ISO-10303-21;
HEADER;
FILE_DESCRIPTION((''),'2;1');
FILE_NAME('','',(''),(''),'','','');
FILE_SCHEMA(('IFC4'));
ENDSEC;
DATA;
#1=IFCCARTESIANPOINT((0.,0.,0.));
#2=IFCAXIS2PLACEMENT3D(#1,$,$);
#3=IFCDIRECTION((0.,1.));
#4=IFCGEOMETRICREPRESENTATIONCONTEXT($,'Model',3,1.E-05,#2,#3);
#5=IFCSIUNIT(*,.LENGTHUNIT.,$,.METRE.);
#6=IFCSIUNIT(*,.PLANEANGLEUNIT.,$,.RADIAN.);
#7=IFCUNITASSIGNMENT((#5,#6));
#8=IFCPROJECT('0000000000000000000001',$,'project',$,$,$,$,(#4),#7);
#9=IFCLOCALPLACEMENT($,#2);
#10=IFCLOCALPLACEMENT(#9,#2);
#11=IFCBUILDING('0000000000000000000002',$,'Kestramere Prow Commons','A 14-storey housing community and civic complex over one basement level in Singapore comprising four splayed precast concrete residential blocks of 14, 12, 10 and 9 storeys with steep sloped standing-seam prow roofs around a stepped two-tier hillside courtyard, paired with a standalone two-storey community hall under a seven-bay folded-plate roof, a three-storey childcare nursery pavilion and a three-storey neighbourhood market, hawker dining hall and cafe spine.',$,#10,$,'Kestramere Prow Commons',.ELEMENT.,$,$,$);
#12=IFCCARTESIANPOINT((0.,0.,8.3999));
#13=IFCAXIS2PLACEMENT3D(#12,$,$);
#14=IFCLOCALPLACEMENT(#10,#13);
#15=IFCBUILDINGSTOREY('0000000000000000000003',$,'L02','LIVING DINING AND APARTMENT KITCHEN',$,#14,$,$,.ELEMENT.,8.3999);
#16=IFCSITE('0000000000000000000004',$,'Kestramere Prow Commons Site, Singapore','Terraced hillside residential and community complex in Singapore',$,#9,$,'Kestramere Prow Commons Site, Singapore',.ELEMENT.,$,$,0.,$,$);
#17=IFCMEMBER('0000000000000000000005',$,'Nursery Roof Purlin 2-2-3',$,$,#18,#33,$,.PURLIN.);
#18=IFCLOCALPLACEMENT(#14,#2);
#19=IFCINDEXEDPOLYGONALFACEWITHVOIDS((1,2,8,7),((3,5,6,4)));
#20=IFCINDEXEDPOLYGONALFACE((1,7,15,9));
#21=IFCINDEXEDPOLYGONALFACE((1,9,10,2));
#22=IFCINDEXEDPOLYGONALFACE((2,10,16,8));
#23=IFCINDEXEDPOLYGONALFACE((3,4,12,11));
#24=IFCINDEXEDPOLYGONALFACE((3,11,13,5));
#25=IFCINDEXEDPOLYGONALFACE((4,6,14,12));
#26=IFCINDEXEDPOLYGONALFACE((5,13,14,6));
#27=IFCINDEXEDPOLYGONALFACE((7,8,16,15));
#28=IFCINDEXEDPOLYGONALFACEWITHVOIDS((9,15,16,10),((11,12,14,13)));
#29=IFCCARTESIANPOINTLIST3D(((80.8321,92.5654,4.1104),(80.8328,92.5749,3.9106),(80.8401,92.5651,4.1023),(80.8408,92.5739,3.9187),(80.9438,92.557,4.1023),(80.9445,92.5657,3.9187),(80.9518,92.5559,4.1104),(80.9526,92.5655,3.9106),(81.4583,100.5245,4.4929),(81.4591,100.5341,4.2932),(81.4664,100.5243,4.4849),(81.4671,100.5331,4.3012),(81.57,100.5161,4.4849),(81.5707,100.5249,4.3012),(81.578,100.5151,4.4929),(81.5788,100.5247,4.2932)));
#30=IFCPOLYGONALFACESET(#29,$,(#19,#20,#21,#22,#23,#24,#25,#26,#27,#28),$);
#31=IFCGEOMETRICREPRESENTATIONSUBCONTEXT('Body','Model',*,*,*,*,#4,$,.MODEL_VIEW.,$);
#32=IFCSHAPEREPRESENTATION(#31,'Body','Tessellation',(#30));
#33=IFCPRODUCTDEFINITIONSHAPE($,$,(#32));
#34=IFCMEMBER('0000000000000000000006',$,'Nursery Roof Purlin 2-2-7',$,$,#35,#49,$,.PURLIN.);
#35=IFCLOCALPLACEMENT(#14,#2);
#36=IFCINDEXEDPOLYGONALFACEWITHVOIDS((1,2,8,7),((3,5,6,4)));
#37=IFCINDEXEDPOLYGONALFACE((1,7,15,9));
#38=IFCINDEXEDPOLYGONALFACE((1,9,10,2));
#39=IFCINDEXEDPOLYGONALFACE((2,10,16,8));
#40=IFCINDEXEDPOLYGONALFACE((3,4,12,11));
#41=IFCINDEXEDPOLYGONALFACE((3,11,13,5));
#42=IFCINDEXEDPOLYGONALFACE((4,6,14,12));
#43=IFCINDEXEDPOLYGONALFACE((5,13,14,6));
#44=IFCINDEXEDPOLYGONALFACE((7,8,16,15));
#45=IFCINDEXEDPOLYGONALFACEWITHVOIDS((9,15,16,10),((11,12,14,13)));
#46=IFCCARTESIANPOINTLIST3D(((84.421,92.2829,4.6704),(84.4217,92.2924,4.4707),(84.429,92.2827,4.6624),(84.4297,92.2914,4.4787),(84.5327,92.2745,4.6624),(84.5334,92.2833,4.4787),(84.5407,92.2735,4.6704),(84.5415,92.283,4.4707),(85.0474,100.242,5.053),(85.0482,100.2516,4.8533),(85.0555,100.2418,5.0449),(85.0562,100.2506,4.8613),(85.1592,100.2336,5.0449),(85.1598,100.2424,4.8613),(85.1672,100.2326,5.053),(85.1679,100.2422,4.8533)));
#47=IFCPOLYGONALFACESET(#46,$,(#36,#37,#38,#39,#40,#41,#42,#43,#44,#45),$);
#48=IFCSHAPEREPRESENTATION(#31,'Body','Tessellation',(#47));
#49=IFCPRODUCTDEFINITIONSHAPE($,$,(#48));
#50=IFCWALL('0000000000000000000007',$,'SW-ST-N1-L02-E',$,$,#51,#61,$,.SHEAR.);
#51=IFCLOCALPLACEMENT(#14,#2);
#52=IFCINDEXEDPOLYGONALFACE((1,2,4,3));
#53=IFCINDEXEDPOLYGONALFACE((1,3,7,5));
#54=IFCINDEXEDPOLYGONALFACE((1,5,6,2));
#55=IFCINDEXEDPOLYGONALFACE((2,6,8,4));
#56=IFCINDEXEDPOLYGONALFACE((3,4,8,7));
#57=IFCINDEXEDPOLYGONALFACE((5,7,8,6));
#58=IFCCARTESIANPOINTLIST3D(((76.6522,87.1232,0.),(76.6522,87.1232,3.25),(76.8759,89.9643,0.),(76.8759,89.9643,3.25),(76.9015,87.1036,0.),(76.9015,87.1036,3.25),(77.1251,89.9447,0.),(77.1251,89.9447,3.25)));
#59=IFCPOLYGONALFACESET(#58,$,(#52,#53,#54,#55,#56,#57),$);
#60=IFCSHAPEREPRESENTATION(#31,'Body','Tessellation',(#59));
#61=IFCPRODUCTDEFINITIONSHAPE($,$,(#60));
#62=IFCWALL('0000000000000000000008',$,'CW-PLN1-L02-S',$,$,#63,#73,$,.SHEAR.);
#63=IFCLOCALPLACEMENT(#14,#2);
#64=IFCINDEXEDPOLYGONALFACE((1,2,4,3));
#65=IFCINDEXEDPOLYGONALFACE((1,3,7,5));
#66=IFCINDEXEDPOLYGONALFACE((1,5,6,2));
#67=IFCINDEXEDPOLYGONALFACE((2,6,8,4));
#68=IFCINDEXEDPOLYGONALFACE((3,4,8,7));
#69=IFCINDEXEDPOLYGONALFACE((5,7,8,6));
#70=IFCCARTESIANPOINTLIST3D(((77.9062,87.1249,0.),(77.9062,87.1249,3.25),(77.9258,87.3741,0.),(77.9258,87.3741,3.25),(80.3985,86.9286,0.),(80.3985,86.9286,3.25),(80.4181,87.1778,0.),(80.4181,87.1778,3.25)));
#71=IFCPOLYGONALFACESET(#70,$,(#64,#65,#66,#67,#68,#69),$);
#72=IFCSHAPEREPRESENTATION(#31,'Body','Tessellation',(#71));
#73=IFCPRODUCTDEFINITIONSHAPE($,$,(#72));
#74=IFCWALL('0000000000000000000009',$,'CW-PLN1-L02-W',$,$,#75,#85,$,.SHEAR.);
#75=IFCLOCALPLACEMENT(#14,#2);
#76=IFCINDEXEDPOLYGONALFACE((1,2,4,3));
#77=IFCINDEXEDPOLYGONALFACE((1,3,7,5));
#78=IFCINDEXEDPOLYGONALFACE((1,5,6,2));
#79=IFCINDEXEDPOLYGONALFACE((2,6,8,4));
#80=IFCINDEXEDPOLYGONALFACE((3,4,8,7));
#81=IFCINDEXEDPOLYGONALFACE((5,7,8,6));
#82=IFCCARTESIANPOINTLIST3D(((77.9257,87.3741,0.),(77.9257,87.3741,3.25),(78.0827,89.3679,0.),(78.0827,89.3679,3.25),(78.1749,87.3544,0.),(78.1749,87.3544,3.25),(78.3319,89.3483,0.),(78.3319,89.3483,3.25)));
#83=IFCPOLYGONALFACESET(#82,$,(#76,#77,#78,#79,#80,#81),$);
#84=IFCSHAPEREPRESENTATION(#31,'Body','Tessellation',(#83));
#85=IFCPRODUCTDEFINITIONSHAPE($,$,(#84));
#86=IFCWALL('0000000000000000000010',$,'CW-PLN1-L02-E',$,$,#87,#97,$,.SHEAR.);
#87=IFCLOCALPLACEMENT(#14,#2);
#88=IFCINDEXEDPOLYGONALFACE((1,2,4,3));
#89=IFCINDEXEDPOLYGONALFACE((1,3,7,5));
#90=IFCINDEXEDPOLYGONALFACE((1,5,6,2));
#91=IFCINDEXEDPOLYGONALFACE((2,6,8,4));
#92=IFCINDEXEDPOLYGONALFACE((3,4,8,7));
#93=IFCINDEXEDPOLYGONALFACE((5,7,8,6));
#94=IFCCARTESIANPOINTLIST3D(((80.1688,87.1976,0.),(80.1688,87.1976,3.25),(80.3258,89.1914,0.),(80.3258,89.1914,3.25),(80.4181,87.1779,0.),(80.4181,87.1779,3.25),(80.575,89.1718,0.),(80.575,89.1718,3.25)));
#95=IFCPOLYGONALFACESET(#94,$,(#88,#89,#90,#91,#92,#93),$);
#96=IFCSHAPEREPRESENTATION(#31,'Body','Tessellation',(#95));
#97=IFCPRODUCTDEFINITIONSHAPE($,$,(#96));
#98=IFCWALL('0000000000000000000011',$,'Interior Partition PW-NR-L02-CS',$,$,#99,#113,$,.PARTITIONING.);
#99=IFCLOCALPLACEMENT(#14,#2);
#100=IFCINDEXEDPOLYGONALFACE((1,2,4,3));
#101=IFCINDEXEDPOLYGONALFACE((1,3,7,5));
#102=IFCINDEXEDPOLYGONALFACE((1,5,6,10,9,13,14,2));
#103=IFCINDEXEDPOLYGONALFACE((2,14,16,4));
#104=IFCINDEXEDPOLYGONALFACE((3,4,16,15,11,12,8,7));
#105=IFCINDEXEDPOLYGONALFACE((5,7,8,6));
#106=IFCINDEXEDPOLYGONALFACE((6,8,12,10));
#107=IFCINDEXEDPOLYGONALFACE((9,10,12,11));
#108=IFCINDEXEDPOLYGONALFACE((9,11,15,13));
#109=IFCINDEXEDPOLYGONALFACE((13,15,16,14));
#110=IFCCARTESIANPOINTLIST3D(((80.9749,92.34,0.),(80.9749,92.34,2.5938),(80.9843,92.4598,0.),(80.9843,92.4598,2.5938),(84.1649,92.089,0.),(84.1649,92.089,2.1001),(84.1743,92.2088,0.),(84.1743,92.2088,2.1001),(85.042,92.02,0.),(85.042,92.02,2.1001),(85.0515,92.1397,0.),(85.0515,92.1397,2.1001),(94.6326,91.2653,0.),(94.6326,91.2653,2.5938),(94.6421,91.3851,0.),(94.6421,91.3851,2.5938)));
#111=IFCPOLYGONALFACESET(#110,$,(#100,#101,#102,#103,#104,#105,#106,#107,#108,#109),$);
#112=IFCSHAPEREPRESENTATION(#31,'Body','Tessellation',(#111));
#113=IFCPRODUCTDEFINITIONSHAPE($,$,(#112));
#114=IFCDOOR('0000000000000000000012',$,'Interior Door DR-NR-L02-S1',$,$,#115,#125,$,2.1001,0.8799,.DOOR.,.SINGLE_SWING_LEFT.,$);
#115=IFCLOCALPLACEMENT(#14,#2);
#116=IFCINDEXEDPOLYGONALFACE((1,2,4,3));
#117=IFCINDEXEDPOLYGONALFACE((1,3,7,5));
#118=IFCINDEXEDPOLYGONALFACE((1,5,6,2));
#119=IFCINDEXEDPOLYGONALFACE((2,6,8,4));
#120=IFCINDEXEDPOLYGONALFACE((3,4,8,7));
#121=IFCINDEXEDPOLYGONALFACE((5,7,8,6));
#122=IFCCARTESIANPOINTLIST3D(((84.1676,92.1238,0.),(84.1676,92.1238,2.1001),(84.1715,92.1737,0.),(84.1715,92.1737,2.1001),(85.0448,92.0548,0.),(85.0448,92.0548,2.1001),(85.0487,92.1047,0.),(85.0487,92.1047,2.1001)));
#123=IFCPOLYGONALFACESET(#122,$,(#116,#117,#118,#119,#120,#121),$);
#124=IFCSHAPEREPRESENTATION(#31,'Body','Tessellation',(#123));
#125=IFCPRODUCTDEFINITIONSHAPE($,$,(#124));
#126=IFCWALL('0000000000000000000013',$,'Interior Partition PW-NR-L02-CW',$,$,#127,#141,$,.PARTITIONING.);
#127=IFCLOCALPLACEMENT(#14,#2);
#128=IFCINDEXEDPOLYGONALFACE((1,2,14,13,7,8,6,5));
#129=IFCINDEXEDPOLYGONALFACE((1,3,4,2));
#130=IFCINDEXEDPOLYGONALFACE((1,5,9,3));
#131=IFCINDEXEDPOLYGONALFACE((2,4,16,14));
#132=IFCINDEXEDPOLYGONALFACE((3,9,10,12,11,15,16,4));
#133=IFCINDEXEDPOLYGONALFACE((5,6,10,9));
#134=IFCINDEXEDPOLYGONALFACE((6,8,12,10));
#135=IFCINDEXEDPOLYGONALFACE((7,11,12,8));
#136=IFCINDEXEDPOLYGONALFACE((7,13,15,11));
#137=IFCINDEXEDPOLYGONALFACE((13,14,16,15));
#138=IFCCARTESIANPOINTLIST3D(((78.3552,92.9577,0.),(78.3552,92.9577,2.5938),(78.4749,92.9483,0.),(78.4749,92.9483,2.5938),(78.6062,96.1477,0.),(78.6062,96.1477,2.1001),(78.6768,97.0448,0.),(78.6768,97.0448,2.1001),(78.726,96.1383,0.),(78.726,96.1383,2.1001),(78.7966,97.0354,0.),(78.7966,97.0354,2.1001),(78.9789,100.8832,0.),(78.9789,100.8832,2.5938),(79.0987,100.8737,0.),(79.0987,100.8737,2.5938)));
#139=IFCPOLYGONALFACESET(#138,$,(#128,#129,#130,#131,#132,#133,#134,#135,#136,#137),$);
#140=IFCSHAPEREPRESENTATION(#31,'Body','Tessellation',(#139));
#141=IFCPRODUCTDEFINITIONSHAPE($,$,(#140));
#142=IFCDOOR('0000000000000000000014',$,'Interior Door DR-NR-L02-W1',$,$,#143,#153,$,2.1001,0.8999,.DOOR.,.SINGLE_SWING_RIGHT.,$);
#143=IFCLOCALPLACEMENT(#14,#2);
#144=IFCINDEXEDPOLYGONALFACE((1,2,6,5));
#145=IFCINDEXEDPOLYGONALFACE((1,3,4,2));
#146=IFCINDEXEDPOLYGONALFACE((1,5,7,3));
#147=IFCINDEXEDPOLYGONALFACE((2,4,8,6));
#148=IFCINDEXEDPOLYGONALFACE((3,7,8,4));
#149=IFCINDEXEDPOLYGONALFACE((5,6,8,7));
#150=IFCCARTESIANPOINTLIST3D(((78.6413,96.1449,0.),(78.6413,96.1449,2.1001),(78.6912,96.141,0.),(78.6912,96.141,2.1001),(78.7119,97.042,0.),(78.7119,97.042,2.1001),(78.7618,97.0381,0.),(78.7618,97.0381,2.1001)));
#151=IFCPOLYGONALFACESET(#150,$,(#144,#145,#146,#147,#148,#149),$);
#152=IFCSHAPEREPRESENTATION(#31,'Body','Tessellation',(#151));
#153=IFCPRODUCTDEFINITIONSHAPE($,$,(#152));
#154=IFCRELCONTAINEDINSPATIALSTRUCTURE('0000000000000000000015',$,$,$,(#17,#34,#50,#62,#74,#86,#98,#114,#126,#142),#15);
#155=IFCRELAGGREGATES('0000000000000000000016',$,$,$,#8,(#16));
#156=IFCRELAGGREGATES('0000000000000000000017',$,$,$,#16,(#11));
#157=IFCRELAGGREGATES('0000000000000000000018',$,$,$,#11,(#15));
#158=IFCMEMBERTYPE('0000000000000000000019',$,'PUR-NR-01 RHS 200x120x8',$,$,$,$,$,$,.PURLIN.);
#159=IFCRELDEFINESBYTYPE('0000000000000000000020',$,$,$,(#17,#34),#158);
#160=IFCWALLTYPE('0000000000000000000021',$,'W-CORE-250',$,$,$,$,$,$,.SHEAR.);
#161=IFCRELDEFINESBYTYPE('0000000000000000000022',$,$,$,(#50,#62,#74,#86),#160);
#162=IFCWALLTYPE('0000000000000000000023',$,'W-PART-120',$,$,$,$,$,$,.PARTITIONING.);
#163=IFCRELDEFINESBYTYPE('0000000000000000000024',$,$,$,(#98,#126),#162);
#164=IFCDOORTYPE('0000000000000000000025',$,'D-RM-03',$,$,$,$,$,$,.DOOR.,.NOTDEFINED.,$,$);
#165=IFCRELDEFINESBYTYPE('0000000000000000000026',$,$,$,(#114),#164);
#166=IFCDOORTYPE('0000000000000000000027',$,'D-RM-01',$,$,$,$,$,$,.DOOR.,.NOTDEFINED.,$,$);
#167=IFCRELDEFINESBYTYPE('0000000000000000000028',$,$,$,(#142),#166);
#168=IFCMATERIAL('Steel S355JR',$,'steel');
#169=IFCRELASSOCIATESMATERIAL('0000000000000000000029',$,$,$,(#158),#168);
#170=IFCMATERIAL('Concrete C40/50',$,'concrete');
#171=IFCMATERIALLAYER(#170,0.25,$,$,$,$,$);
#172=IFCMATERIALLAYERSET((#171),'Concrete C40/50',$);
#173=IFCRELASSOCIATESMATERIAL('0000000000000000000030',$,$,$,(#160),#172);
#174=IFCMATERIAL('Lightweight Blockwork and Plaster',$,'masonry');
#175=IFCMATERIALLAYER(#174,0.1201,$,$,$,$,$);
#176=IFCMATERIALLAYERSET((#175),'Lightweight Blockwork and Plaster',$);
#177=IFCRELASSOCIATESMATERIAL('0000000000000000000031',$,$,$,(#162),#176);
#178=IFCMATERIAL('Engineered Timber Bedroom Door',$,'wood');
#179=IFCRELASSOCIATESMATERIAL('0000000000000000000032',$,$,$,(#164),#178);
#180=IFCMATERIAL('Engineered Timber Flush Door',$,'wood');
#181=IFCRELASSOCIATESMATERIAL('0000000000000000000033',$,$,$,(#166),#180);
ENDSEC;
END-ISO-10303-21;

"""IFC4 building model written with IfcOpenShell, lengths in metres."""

from ifc_helpers import new_model, si_unit, direction, frame, frame_2d, origin, origin_2d, place, context, subcontext, project, spatial, rectangle, hollow_rectangle, extrude, material, layer, layer_set, material_profile, profile_set, type_object, element, fill, save


model = new_model("IFC4")

# Units and contexts
model_context = context("Model", 3, precision=1e-05, world=origin(), true_north=direction((0.0, 1.0)))
body_context = subcontext(model_context, "Body", "Model", "MODEL_VIEW")
ifc_project = project(units=[si_unit("LENGTHUNIT", "METRE"), si_unit("PLANEANGLEUNIT", "RADIAN")], contexts=[model_context])

# Site, building, storey
site_placement = place(None, origin())
site = spatial("IfcSite", under=ifc_project, at=site_placement, Name="Kestramere Prow Commons Site, Singapore", Description="Terraced hillside residential and community complex in Singapore", LongName="Kestramere Prow Commons Site, Singapore", CompositionType="ELEMENT", RefElevation=0.0)
building_placement = place(site_placement, origin())
building = spatial("IfcBuilding", under=site, at=building_placement, Name="Kestramere Prow Commons", Description="A 14-storey housing community and civic complex over one basement level in Singapore comprising four splayed precast concrete residential blocks of 14, 12, 10 and 9 storeys with steep sloped standing-seam prow roofs around a stepped two-tier hillside courtyard, paired with a standalone two-storey community hall under a seven-bay folded-plate roof, a three-storey childcare nursery pavilion and a three-storey neighbourhood market, hawker dining hall and cafe spine.", LongName="Kestramere Prow Commons", CompositionType="ELEMENT")
storey_placement = place(building_placement, frame((0.0, 0.0, 8.3999)))
storey = spatial("IfcBuildingStorey", under=building, at=storey_placement, Name="L02", Description="LIVING DINING AND APARTMENT KITCHEN", CompositionType="ELEMENT", Elevation=8.3999)

# Shared definitions
ifc_material_1 = material(Name="Steel S355JR", Category="steel")

# Members
ifc_material_profile_1 = material_profile(ifc_material_1, hollow_rectangle(XDim=0.1201, YDim=0.2, WallThickness=0.0081, at=origin_2d()), Name="RHS 200x120x8")
ifc_profile_set_1 = profile_set([ifc_material_profile_1], Name="Steel S355JR")
member_type = type_object("IfcMemberType", Name="PUR-NR-01 RHS 200x120x8", PredefinedType="PURLIN", material=ifc_profile_set_1)
for number, where, z_axis, x_axis, name in (
    (1, (80.8923, 92.5654, 4.0105), (0.078346, 0.995777, 0.047863), (-0.996919, 0.078436, 0.0), "Nursery Roof Purlin 2-2-3"),
    (2, (84.4812, 92.283, 4.5706), (0.078377, 0.995774, 0.047863), (-0.996917, 0.078467, 0.0), "Nursery Roof Purlin 2-2-7"),
):
    element("IfcMember", number, at=place(storey_placement, frame(where, z_axis=z_axis, x_axis=x_axis)), inside=storey, type_object=member_type, Name=name, PredefinedType="PURLIN", context=body_context, shape_type="SweptSolid", body=[
        extrude(hollow_rectangle(XDim=0.1201, YDim=0.2, WallThickness=0.0081, at=origin_2d()), origin(), (0.0, 0.0, 1.0), 7.9929),
    ])

# Shared definitions
ifc_material_2 = material(Name="Concrete C40/50", Category="concrete")
ifc_layer_1 = layer(ifc_material_2, 0.25)
ifc_layer_set_1 = layer_set([ifc_layer_1], Name="Concrete C40/50")
wall_type_1 = type_object("IfcWallType", Name="W-CORE-250", PredefinedType="SHEAR", material=ifc_layer_set_1)

# Wall
wall_1_placement = place(storey_placement, frame((76.7769, 87.1135, 0.0), z_axis=(0.0, 0.0, 1.0), x_axis=(0.078472, 0.996916, 0.0)))
element("IfcWall", 3, at=wall_1_placement, inside=storey, type_object=wall_type_1, Name="SW-ST-N1-L02-E", PredefinedType="SHEAR", context=body_context, shape_type="SweptSolid", body=[
    extrude(rectangle(XDim=2.8499, YDim=0.25, at=frame_2d((1.4248, 0.0))), origin(), (0.0, 0.0, 1.0), 3.25),
])

# Walls
wall_2_placement = place(storey_placement, frame((77.916, 87.2495, 0.0), z_axis=(0.0, 0.0, 1.0), x_axis=(0.996913, -0.078519, 0.0)))
element("IfcWall", 4, at=wall_2_placement, inside=storey, type_object=wall_type_1, Name="CW-PLN1-L02-S", PredefinedType="SHEAR", context=body_context, shape_type="SweptSolid", body=[
    extrude(rectangle(XDim=2.5, YDim=0.25, at=frame_2d((1.25, 0.0))), origin(), (0.0, 0.0, 1.0), 3.25),
])
for number, where, z_axis, x_axis, name in (
    (5, (78.0503, 87.3643, 0.0), (0.0, 0.0, 1.0), (0.078489, 0.996915, 0.0), "CW-PLN1-L02-W"),
    (6, (80.2935, 87.1877, 0.0), (0.0, 0.0, 1.0), (0.078489, 0.996915, 0.0), "CW-PLN1-L02-E"),
):
    element("IfcWall", number, at=place(storey_placement, frame(where, z_axis=z_axis, x_axis=x_axis)), inside=storey, type_object=wall_type_1, Name=name, PredefinedType="SHEAR", context=body_context, shape_type="SweptSolid", body=[
        extrude(rectangle(XDim=2.0, YDim=0.25, at=frame_2d((1.0, 0.0))), origin(), (0.0, 0.0, 1.0), 3.25),
    ])

# Walls, openings, doors
ifc_material_3 = material(Name="Lightweight Blockwork and Plaster", Category="masonry")
ifc_layer_2 = layer(ifc_material_3, 0.1201)
ifc_layer_set_2 = layer_set([ifc_layer_2], Name="Lightweight Blockwork and Plaster")
wall_type_2 = type_object("IfcWallType", Name="W-PART-120", PredefinedType="PARTITIONING", material=ifc_layer_set_2)
wall_3_placement = place(storey_placement, frame((80.9795, 92.3999, 0.0), z_axis=(0.0, 0.0, 1.0), x_axis=(0.996918, -0.078446, 0.0)))
wall_3 = element("IfcWall", 7, at=wall_3_placement, inside=storey, type_object=wall_type_2, Name="Interior Partition PW-NR-L02-CS", PredefinedType="PARTITIONING", context=body_context, shape_type="SweptSolid", body=[
    extrude(rectangle(XDim=13.7, YDim=0.1201, at=frame_2d((6.8501, 0.0))), origin(), (0.0, 0.0, 1.0), 2.5938),
])
opening_1_placement = place(wall_3_placement, frame((3.2, 0.0, 0.0)))
opening_1 = element("IfcOpeningElement", 8, at=opening_1_placement, cuts=wall_3, PredefinedType="OPENING", context=body_context, shape_type="SweptSolid", body=[
    extrude(rectangle(XDim=0.8799, YDim=2.1001, at=frame_2d((0.4399, 1.05))), frame((0.0, 0.075, 0.0), z_axis=(0.0, -1.0, 0.0), x_axis=(1.0, 0.0, 0.0)), (0.0, 0.0, 1.0), 0.1501),
])
ifc_material_4 = material(Name="Engineered Timber Bedroom Door", Category="wood")
door_type_1 = type_object("IfcDoorType", Name="D-RM-03", OperationType="NOTDEFINED", PredefinedType="DOOR", material=ifc_material_4)
door_1_placement = place(opening_1_placement, origin())
door_1 = element("IfcDoor", 9, at=door_1_placement, inside=storey, type_object=door_type_1, Name="Interior Door DR-NR-L02-S1", OperationType="SINGLE_SWING_LEFT", OverallHeight=2.1001, OverallWidth=0.8799, PredefinedType="DOOR", context=body_context, shape_type="SweptSolid", body=[
    extrude(rectangle(XDim=0.8799, YDim=2.1001, at=frame_2d((0.4399, 1.05))), frame((0.0, 0.0249, 0.0), z_axis=(0.0, -1.0, 0.0), x_axis=(1.0, 0.0, 0.0)), (0.0, 0.0, 1.0), 0.05),
])
fill(opening_1, door_1)
wall_4_placement = place(storey_placement, frame((78.415, 92.9529, 0.0), z_axis=(0.0, 0.0, 1.0), x_axis=(0.078462, 0.996917, 0.0)))
wall_4 = element("IfcWall", 10, at=wall_4_placement, inside=storey, type_object=wall_type_2, Name="Interior Partition PW-NR-L02-CW", PredefinedType="PARTITIONING", context=body_context, shape_type="SweptSolid", body=[
    extrude(rectangle(XDim=7.95, YDim=0.1201, at=frame_2d((3.9751, 0.0))), origin(), (0.0, 0.0, 1.0), 2.5938),
])
opening_2_placement = place(wall_4_placement, frame((3.2, 0.0, 0.0)))
opening_2 = element("IfcOpeningElement", 11, at=opening_2_placement, cuts=wall_4, PredefinedType="OPENING", context=body_context, shape_type="SweptSolid", body=[
    extrude(rectangle(XDim=0.8999, YDim=2.1001, at=frame_2d((0.45, 1.05))), frame((0.0, 0.075, 0.0), z_axis=(0.0, -1.0, 0.0), x_axis=(1.0, 0.0, 0.0)), (0.0, 0.0, 1.0), 0.1501),
])
ifc_material_5 = material(Name="Engineered Timber Flush Door", Category="wood")
door_type_2 = type_object("IfcDoorType", Name="D-RM-01", OperationType="NOTDEFINED", PredefinedType="DOOR", material=ifc_material_5)
door_2_placement = place(opening_2_placement, origin())
door_2 = element("IfcDoor", 12, at=door_2_placement, inside=storey, type_object=door_type_2, Name="Interior Door DR-NR-L02-W1", OperationType="SINGLE_SWING_RIGHT", OverallHeight=2.1001, OverallWidth=0.8999, PredefinedType="DOOR", context=body_context, shape_type="SweptSolid", body=[
    extrude(rectangle(XDim=0.8999, YDim=2.1001, at=frame_2d((0.45, 1.05))), frame((0.0, 0.0249, 0.0), z_axis=(0.0, -1.0, 0.0), x_axis=(1.0, 0.0, 0.0)), (0.0, 0.0, 1.0), 0.05),
])
fill(opening_2, door_2)

save(model, "model.ifc")
